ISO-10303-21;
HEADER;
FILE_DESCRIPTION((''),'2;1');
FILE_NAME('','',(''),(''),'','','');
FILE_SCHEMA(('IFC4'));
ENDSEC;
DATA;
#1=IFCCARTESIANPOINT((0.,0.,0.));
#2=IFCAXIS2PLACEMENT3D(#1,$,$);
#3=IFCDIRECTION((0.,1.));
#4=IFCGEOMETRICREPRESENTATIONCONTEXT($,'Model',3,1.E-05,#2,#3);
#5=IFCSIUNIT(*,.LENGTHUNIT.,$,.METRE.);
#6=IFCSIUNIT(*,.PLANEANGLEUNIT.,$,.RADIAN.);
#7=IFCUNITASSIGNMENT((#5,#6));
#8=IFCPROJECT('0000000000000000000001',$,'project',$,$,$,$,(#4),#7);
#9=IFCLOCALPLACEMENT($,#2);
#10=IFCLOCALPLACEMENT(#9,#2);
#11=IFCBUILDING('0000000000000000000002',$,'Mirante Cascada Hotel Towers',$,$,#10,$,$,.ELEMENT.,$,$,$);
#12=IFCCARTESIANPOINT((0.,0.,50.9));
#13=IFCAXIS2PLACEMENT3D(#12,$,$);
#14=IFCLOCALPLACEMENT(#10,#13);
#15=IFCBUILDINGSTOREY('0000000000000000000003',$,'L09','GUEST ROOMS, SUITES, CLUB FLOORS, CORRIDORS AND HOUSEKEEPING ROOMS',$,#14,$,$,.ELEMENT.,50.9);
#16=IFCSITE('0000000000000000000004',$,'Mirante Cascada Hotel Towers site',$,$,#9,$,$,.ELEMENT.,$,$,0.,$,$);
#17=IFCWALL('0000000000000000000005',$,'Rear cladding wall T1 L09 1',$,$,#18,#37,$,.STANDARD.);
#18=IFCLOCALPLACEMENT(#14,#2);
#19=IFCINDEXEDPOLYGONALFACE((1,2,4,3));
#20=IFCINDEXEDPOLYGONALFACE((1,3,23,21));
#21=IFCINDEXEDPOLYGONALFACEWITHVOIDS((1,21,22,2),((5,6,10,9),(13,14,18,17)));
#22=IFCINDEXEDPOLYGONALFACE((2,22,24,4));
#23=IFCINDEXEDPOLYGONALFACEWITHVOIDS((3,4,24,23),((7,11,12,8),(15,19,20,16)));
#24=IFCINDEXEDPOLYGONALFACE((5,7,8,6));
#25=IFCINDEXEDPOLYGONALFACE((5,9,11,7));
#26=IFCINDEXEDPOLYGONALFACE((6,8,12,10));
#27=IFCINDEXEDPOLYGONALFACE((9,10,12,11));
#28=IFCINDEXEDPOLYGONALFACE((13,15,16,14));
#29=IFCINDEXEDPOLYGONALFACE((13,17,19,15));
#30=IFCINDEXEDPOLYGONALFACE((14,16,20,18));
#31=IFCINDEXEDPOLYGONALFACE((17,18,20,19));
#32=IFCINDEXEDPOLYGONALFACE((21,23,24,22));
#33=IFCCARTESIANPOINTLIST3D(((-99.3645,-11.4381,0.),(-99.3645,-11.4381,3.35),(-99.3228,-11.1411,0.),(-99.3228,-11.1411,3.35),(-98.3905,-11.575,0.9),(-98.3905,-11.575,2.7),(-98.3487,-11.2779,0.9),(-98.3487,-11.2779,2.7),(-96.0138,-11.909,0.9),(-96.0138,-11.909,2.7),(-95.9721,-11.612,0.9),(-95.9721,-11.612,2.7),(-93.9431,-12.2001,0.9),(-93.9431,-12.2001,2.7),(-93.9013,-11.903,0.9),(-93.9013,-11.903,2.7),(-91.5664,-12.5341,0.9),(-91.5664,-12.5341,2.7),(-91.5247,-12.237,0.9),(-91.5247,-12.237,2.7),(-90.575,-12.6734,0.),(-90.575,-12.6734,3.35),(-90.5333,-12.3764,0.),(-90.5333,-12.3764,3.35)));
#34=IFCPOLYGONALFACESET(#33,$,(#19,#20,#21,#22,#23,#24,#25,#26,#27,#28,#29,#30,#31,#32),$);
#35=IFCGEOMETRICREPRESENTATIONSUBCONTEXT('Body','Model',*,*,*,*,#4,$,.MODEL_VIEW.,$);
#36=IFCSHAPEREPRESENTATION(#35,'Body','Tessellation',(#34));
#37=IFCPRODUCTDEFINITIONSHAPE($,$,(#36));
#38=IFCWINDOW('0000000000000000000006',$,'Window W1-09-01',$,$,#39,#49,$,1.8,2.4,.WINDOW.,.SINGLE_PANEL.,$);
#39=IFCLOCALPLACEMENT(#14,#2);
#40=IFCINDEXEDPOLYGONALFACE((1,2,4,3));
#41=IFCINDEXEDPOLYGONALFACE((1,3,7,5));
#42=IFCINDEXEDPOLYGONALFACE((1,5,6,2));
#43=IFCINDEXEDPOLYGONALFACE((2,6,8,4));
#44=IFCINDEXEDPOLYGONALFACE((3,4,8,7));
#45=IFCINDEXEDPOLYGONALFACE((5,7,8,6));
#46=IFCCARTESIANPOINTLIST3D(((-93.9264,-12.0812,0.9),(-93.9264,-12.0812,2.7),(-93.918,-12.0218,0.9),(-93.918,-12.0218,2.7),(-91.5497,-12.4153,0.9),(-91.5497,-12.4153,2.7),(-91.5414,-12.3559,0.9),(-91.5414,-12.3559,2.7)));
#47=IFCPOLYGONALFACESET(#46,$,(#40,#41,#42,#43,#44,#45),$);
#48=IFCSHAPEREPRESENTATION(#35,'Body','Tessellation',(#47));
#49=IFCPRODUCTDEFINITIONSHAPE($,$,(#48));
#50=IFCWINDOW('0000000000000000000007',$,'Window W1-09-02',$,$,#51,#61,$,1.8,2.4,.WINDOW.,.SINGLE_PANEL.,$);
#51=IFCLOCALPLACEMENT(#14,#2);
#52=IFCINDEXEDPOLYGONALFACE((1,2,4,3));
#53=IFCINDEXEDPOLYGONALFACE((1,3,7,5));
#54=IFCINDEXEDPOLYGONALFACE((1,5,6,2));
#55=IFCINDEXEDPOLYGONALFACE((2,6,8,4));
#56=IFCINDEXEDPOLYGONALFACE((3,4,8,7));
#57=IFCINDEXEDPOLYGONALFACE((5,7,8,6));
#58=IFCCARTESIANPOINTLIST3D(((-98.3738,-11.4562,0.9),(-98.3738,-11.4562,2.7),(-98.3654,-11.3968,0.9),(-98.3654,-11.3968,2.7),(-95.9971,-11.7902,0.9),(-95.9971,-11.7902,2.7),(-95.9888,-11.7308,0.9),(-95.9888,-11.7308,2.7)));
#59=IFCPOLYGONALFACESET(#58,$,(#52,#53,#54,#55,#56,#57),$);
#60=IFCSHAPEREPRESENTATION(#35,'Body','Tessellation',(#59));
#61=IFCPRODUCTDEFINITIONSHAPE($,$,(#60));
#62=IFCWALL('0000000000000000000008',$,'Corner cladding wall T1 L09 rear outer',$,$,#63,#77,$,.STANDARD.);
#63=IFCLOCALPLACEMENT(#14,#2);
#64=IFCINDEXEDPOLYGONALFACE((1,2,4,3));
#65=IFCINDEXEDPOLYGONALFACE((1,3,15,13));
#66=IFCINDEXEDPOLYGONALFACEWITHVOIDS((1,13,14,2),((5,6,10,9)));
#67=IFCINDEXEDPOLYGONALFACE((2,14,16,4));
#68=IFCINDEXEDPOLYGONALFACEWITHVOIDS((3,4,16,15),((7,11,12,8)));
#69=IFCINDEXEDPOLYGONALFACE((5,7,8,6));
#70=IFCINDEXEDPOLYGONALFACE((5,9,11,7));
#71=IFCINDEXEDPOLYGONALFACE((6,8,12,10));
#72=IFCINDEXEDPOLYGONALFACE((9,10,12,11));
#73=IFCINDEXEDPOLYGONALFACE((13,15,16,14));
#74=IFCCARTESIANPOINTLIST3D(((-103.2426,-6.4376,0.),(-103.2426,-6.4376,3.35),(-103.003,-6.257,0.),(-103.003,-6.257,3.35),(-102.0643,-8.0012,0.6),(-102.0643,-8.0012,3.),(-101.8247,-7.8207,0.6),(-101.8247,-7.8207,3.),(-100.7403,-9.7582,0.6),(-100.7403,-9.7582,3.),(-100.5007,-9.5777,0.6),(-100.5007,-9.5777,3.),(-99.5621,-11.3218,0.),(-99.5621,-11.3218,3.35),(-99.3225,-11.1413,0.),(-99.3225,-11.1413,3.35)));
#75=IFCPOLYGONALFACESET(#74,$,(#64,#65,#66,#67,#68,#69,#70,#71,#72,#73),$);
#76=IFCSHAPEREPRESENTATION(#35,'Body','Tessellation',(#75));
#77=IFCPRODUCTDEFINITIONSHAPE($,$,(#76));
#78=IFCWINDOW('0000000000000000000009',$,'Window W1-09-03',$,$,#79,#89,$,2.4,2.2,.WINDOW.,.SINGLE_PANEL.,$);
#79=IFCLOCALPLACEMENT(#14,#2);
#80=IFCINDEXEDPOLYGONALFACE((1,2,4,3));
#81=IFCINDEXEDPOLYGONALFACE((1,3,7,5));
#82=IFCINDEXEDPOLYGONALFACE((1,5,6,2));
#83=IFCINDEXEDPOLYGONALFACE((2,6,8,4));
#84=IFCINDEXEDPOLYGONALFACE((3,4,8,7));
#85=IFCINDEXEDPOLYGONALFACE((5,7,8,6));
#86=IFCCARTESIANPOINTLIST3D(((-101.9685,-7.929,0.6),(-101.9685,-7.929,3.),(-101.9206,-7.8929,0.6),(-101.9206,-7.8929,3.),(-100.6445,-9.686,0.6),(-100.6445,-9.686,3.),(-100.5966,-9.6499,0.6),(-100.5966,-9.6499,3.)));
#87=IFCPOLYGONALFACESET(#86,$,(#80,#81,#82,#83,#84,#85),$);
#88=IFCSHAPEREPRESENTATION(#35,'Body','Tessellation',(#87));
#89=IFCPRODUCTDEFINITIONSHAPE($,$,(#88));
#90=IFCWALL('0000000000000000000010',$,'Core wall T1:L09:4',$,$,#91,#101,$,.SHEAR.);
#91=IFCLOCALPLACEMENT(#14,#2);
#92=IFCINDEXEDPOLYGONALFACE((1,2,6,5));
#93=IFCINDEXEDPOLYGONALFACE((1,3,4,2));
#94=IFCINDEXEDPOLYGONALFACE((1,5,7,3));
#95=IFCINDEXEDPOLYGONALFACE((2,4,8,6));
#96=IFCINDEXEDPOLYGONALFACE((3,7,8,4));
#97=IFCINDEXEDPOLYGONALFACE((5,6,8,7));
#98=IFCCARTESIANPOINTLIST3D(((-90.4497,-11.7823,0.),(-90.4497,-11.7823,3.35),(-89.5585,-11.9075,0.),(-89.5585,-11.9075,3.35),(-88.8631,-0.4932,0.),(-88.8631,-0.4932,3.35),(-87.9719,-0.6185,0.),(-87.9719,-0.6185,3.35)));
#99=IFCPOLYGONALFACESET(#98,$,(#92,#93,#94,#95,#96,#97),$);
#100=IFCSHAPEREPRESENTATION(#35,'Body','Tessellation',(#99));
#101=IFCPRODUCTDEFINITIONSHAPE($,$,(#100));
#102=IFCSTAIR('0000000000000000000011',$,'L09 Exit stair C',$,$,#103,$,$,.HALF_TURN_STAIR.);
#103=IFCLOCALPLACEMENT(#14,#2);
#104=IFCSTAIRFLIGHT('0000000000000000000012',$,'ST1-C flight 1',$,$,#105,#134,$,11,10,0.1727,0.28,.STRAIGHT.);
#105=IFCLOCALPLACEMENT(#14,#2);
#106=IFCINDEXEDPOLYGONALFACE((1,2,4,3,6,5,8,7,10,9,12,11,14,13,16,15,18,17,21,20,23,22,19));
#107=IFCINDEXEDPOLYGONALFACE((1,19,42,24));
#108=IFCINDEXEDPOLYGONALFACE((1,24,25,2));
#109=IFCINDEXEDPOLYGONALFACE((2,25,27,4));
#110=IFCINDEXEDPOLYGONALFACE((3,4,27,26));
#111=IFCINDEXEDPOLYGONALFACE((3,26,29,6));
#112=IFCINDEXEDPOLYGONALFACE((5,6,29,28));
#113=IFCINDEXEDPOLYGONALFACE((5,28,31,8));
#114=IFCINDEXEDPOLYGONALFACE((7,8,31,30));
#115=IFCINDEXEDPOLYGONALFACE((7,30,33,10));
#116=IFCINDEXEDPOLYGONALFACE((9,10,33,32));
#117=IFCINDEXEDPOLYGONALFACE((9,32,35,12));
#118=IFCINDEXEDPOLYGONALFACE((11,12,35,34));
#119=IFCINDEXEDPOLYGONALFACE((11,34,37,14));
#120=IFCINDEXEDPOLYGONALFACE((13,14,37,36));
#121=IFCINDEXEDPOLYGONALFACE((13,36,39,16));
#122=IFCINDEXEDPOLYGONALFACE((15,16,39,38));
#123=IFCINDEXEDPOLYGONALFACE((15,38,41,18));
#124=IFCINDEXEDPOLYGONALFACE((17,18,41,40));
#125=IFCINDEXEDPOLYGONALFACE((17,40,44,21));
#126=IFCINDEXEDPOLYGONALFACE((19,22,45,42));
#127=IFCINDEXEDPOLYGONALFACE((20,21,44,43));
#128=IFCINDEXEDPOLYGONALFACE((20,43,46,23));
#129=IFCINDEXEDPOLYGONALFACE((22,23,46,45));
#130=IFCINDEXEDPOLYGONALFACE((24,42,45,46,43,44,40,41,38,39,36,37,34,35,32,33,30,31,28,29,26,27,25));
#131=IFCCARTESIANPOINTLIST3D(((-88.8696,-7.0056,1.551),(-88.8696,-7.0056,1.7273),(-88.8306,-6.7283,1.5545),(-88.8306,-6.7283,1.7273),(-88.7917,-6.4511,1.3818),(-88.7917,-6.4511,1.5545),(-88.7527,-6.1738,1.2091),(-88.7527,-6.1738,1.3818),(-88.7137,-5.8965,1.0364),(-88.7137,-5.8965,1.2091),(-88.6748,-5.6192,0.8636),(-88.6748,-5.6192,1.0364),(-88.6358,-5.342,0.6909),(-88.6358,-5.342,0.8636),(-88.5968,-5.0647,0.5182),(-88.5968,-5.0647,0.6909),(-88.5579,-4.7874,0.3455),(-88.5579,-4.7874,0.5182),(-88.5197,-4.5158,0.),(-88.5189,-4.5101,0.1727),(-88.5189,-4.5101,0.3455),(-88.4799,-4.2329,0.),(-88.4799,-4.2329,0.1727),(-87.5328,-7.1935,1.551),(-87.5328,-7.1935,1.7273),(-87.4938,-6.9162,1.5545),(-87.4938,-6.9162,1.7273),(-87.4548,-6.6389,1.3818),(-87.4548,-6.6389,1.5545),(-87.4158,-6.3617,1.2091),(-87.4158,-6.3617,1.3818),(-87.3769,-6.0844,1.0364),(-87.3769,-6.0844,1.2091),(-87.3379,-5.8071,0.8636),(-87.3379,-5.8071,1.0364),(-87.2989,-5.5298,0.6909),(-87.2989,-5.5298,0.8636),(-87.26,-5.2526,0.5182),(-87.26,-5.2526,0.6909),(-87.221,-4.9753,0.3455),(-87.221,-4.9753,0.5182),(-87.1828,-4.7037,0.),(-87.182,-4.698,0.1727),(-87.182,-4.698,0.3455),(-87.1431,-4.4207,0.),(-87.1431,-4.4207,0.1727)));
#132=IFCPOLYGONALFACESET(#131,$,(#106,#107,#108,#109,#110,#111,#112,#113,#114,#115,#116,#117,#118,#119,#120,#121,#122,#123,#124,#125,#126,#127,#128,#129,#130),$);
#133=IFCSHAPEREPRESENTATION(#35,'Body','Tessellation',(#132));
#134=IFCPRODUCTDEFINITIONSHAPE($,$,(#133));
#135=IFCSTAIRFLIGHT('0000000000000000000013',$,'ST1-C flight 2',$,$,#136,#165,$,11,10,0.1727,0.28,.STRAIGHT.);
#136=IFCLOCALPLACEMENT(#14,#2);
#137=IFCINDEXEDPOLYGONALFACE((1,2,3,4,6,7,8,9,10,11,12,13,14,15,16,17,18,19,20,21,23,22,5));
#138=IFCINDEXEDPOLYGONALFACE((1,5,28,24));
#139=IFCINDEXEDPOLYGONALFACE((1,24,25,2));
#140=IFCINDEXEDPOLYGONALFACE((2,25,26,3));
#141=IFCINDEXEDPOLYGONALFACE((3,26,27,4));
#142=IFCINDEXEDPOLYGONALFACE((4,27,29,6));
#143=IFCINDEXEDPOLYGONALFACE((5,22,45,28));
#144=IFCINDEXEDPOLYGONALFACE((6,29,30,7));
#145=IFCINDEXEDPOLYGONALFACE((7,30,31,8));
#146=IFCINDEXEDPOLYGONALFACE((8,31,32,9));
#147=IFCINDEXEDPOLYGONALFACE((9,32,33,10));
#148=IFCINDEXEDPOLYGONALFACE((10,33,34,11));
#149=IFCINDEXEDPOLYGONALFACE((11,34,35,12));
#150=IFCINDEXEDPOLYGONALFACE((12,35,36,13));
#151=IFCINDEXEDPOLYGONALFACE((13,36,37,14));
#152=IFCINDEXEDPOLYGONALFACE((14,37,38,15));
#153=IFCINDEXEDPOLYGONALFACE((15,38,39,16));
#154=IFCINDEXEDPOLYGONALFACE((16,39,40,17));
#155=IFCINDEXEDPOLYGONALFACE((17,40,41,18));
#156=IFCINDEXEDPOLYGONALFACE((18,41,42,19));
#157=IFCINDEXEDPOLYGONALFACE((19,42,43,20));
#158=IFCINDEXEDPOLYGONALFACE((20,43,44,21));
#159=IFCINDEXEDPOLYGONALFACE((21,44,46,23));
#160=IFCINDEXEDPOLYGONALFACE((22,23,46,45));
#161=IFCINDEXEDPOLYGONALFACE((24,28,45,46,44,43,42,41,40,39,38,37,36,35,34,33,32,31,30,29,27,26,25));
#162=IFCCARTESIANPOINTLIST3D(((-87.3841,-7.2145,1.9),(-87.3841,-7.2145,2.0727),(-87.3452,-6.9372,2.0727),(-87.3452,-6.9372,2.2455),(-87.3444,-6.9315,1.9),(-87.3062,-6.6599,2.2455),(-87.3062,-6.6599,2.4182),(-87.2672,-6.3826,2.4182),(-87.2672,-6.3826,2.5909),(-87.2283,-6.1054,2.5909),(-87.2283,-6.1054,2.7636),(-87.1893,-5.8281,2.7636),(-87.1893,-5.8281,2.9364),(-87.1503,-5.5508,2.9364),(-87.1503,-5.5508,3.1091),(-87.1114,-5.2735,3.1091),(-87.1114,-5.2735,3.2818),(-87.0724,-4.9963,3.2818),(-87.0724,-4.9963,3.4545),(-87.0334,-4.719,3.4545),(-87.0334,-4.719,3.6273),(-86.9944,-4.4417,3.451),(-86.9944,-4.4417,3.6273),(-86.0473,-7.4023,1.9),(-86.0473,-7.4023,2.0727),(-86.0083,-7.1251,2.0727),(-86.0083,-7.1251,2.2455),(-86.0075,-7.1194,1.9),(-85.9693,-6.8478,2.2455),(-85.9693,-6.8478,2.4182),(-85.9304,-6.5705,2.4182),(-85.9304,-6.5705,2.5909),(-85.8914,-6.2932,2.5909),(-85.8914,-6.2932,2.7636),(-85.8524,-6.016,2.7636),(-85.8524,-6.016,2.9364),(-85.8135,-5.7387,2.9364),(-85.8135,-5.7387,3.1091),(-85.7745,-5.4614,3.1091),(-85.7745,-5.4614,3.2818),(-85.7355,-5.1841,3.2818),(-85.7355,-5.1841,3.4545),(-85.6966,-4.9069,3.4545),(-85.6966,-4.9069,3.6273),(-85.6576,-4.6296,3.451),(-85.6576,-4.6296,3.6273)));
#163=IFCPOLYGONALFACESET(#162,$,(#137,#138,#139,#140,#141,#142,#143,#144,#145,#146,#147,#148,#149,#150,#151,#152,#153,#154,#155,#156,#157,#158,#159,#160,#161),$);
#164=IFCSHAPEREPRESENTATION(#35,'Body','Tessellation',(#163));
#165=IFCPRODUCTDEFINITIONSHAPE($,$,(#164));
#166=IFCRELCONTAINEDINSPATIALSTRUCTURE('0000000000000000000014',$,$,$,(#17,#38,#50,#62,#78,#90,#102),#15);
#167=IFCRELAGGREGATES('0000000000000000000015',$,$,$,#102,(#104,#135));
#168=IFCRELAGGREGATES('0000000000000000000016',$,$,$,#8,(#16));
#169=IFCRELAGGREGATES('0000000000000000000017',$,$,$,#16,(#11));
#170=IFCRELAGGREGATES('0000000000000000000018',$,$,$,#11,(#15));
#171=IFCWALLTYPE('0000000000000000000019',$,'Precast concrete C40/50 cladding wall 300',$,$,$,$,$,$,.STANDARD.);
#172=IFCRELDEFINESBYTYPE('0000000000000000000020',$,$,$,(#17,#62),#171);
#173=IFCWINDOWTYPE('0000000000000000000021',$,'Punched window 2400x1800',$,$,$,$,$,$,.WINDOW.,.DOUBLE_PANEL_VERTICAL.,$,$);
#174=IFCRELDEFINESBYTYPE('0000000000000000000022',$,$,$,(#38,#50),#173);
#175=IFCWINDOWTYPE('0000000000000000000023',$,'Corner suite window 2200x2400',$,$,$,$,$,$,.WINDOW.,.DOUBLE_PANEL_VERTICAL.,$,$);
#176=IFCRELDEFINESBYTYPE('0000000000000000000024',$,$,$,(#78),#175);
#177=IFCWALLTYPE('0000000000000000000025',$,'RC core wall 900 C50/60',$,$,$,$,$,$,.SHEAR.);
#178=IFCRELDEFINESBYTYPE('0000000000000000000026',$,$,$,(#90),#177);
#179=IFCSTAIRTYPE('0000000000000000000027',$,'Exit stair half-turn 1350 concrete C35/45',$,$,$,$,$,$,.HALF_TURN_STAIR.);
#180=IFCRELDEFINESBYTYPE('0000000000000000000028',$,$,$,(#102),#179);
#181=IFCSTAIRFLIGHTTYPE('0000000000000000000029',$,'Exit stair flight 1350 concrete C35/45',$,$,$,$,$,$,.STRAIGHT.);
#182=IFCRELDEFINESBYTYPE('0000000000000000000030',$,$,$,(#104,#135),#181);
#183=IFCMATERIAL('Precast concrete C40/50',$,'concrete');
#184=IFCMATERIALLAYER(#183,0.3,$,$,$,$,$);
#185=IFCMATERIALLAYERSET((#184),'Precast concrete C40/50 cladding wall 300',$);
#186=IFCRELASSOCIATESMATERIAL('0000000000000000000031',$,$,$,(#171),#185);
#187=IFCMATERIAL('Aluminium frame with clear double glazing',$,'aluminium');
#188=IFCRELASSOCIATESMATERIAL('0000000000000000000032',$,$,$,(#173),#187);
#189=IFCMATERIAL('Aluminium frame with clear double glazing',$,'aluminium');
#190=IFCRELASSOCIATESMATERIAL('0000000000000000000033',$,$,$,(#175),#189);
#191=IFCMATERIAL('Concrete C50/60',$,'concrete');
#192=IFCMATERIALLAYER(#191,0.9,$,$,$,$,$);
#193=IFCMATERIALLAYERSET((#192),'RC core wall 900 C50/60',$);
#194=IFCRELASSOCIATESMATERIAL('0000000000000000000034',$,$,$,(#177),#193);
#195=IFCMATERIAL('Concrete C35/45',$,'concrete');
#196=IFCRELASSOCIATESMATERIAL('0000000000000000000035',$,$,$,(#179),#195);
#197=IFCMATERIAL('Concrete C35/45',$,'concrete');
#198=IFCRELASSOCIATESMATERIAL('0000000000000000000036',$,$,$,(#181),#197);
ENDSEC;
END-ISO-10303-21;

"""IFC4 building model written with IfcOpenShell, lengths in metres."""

from ifc_helpers import new_model, si_unit, direction, frame, frame_2d, origin, place, context, subcontext, project, spatial, polyline, rectangle, outline, extrude, material, layer, layer_set, type_object, element, fill, aggregate, save


model = new_model("IFC4")

# Units and contexts
model_context = context("Model", 3, precision=1e-05, world=origin(), true_north=direction((0.0, 1.0)))
body_context = subcontext(model_context, "Body", "Model", "MODEL_VIEW")
ifc_project = project(units=[si_unit("LENGTHUNIT", "METRE"), si_unit("PLANEANGLEUNIT", "RADIAN")], contexts=[model_context])

# Site, building, storey
site_placement = place(None, origin())
site = spatial("IfcSite", under=ifc_project, at=site_placement, Name="Mirante Cascada Hotel Towers site", CompositionType="ELEMENT", RefElevation=0.0)
building_placement = place(site_placement, origin())
building = spatial("IfcBuilding", under=site, at=building_placement, Name="Mirante Cascada Hotel Towers", CompositionType="ELEMENT")
storey_placement = place(building_placement, frame((0.0, 0.0, 50.9)))
storey = spatial("IfcBuildingStorey", under=building, at=storey_placement, Name="L09", Description="GUEST ROOMS, SUITES, CLUB FLOORS, CORRIDORS AND HOUSEKEEPING ROOMS", CompositionType="ELEMENT", Elevation=50.9)

# Wall, openings, windows
ifc_material_1 = material(Name="Precast concrete C40/50", Category="concrete")
ifc_layer_1 = layer(ifc_material_1, 0.3)
ifc_layer_set_1 = layer_set([ifc_layer_1], Name="Precast concrete C40/50 cladding wall 300")
wall_type_1 = type_object("IfcWallType", Name="Precast concrete C40/50 cladding wall 300", PredefinedType="STANDARD", material=ifc_layer_set_1)
wall_1_placement = place(storey_placement, frame((-90.5541, -12.5249, 0.0), z_axis=(0.0, 0.0, 1.0), x_axis=(-0.990268, 0.139175, 0.0)))
wall_1 = element("IfcWall", 1, at=wall_1_placement, inside=storey, type_object=wall_type_1, Name="Rear cladding wall T1 L09 1", PredefinedType="STANDARD", context=body_context, shape_type="SweptSolid", body=[
    extrude(rectangle(XDim=8.8759, YDim=0.3, at=frame_2d((4.438, 0.0))), origin(), (0.0, 0.0, 1.0), 3.35),
])
opening_1_placement = place(wall_1_placement, frame((1.0012, 0.0, 0.9)))
opening_1 = element("IfcOpeningElement", 2, at=opening_1_placement, cuts=wall_1, PredefinedType="OPENING", context=body_context, shape_type="SweptSolid", body=[
    extrude(rectangle(XDim=2.4, YDim=1.8, at=frame_2d((1.2, 0.9))), frame((0.0, 0.15, 0.0), z_axis=(0.0, -1.0, 0.0), x_axis=(1.0, 0.0, 0.0)), (0.0, 0.0, 1.0), 0.3),
])
opening_2_placement = place(wall_1_placement, frame((5.4923, 0.0, 0.9)))
opening_2 = element("IfcOpeningElement", 3, at=opening_2_placement, cuts=wall_1, PredefinedType="OPENING", context=body_context, shape_type="SweptSolid", body=[
    extrude(rectangle(XDim=2.4, YDim=1.8, at=frame_2d((1.2, 0.9))), frame((0.0, 0.15, 0.0), z_axis=(0.0, -1.0, 0.0), x_axis=(1.0, 0.0, 0.0)), (0.0, 0.0, 1.0), 0.3),
])
ifc_material_2 = material(Name="Aluminium frame with clear double glazing", Category="aluminium")
window_type_1 = type_object("IfcWindowType", Name="Punched window 2400x1800", PartitioningType="DOUBLE_PANEL_VERTICAL", PredefinedType="WINDOW", material=ifc_material_2)
window_1_placement = place(opening_1_placement, origin())
window_1 = element("IfcWindow", 4, at=window_1_placement, inside=storey, type_object=window_type_1, Name="Window W1-09-01", OverallHeight=1.8, OverallWidth=2.4, PartitioningType="SINGLE_PANEL", PredefinedType="WINDOW", context=body_context, shape_type="SweptSolid", body=[
    extrude(rectangle(XDim=2.4, YDim=1.8, at=frame_2d((1.2, 0.9))), frame((0.0, 0.03, 0.0), z_axis=(0.0, -1.0, 0.0), x_axis=(1.0, 0.0, 0.0)), (0.0, 0.0, 1.0), 0.06),
])
fill(opening_1, window_1)
window_2_placement = place(opening_2_placement, origin())
window_2 = element("IfcWindow", 5, at=window_2_placement, inside=storey, type_object=window_type_1, Name="Window W1-09-02", OverallHeight=1.8, OverallWidth=2.4, PartitioningType="SINGLE_PANEL", PredefinedType="WINDOW", context=body_context, shape_type="SweptSolid", body=[
    extrude(rectangle(XDim=2.4, YDim=1.8, at=frame_2d((1.2, 0.9))), frame((0.0, 0.03, 0.0), z_axis=(0.0, -1.0, 0.0), x_axis=(1.0, 0.0, 0.0)), (0.0, 0.0, 1.0), 0.06),
])
fill(opening_2, window_2)

# Wall, opening, window
wall_2_placement = place(storey_placement, frame((-99.4423, -11.2315, 0.0), z_axis=(0.0, 0.0, 1.0), x_axis=(-0.601814, 0.798636, 0.0)))
wall_2 = element("IfcWall", 6, at=wall_2_placement, inside=storey, type_object=wall_type_1, Name="Corner cladding wall T1 L09 rear outer", PredefinedType="STANDARD", context=body_context, shape_type="SweptSolid", body=[
    extrude(rectangle(XDim=6.1157, YDim=0.3, at=frame_2d((3.0578, 0.0))), origin(), (0.0, 0.0, 1.0), 3.35),
])
opening_3_placement = place(wall_2_placement, frame((1.9578, 0.0, 0.6)))
opening_3 = element("IfcOpeningElement", 7, at=opening_3_placement, cuts=wall_2, PredefinedType="OPENING", context=body_context, shape_type="SweptSolid", body=[
    extrude(rectangle(XDim=2.2, YDim=2.4, at=frame_2d((1.1, 1.2))), frame((0.0, 0.15, 0.0), z_axis=(0.0, -1.0, 0.0), x_axis=(1.0, 0.0, 0.0)), (0.0, 0.0, 1.0), 0.3),
])
ifc_material_3 = material(Name="Aluminium frame with clear double glazing", Category="aluminium")
window_type_2 = type_object("IfcWindowType", Name="Corner suite window 2200x2400", PartitioningType="DOUBLE_PANEL_VERTICAL", PredefinedType="WINDOW", material=ifc_material_3)
window_3_placement = place(opening_3_placement, origin())
window_3 = element("IfcWindow", 8, at=window_3_placement, inside=storey, type_object=window_type_2, Name="Window W1-09-03", OverallHeight=2.4, OverallWidth=2.2, PartitioningType="SINGLE_PANEL", PredefinedType="WINDOW", context=body_context, shape_type="SweptSolid", body=[
    extrude(rectangle(XDim=2.2, YDim=2.4, at=frame_2d((1.1, 1.2))), frame((0.0, 0.03, 0.0), z_axis=(0.0, -1.0, 0.0), x_axis=(1.0, 0.0, 0.0)), (0.0, 0.0, 1.0), 0.06),
])
fill(opening_3, window_3)

# Wall
ifc_material_4 = material(Name="Concrete C50/60", Category="concrete")
ifc_layer_2 = layer(ifc_material_4, 0.9)
ifc_layer_set_2 = layer_set([ifc_layer_2], Name="RC core wall 900 C50/60")
wall_type_2 = type_object("IfcWallType", Name="RC core wall 900 C50/60", PredefinedType="SHEAR", material=ifc_layer_set_2)
wall_3_placement = place(storey_placement, frame((-90.0041, -11.8449, 0.0), z_axis=(0.0, 0.0, 1.0), x_axis=(0.139175, 0.990268, 0.0)))
element("IfcWall", 9, at=wall_3_placement, inside=storey, type_object=wall_type_2, Name="Core wall T1:L09:4", PredefinedType="SHEAR", context=body_context, shape_type="SweptSolid", body=[
    extrude(rectangle(XDim=11.4, YDim=0.9, at=frame_2d((5.7, 0.0))), origin(), (0.0, 0.0, 1.0), 3.35),
])

# Stair, stair flights
ifc_material_5 = material(Name="Concrete C35/45", Category="concrete")
stair_type = type_object("IfcStairType", Name="Exit stair half-turn 1350 concrete C35/45", PredefinedType="HALF_TURN_STAIR", material=ifc_material_5)
stair_placement = place(storey_placement, origin())
stair = element("IfcStair", 10, at=stair_placement, inside=storey, type_object=stair_type, Name="L09 Exit stair C", PredefinedType="HALF_TURN_STAIR")
ifc_material_6 = material(Name="Concrete C35/45", Category="concrete")
stair_flight_type = type_object("IfcStairFlightType", Name="Exit stair flight 1350 concrete C35/45", PredefinedType="STRAIGHT", material=ifc_material_6)
stair_flight_1_placement = place(storey_placement, frame((-87.8115, -4.3268, 0.0), z_axis=(0.0, 0.0, 1.0), x_axis=(-0.139173, -0.990268, 0.0)))
stair_flight_1 = element("IfcStairFlight", 11, at=stair_flight_1_placement, type_object=stair_flight_type, Name="ST1-C flight 1", NumberOfRisers=11, NumberOfTreads=10, PredefinedType="STRAIGHT", RiserHeight=0.1727, TreadLength=0.28, context=body_context, shape_type="SweptSolid", body=[
    extrude(outline(polyline([(0.0, 0.0), (0.0, 0.1727), (0.28, 0.1727), (0.28, 0.3455), (0.56, 0.3455), (0.56, 0.5182), (0.84, 0.5182), (0.84, 0.6909), (1.12, 0.6909), (1.12, 0.8636), (1.4, 0.8636), (1.4, 1.0364), (1.68, 1.0364), (1.68, 1.2091), (1.96, 1.2091), (1.96, 1.3818), (2.24, 1.3818), (2.24, 1.5545), (2.52, 1.5545), (2.52, 1.7273), (2.8, 1.7273), (2.8, 1.9), (2.8, 1.551), (0.2857, 0.0), (0.0, 0.0)])), frame((0.0, 0.675, 0.0), z_axis=(0.0, -1.0, 0.0), x_axis=(1.0, 0.0, 0.0)), (0.0, 0.0, 1.0), 1.35),
])
stair_flight_2_placement = place(storey_placement, frame((-86.7157, -7.3084, 1.9), z_axis=(0.0, 0.0, 1.0), x_axis=(0.139173, 0.990268, 0.0)))
stair_flight_2 = element("IfcStairFlight", 12, at=stair_flight_2_placement, type_object=stair_flight_type, Name="ST1-C flight 2", NumberOfRisers=11, NumberOfTreads=10, PredefinedType="STRAIGHT", RiserHeight=0.1727, TreadLength=0.28, context=body_context, shape_type="SweptSolid", body=[
    extrude(outline(polyline([(0.0, 0.0), (0.0, 0.1727), (0.28, 0.1727), (0.28, 0.3455), (0.56, 0.3455), (0.56, 0.5182), (0.84, 0.5182), (0.84, 0.6909), (1.12, 0.6909), (1.12, 0.8636), (1.4, 0.8636), (1.4, 1.0364), (1.68, 1.0364), (1.68, 1.2091), (1.96, 1.2091), (1.96, 1.3818), (2.24, 1.3818), (2.24, 1.5545), (2.52, 1.5545), (2.52, 1.7273), (2.8, 1.7273), (2.8, 1.9), (2.8, 1.551), (0.2857, 0.0), (0.0, 0.0)])), frame((0.0, 0.675, 0.0), z_axis=(0.0, -1.0, 0.0), x_axis=(1.0, 0.0, 0.0)), (0.0, 0.0, 1.0), 1.35),
])
aggregate(stair, [stair_flight_1, stair_flight_2])

save(model, "model.ifc")
